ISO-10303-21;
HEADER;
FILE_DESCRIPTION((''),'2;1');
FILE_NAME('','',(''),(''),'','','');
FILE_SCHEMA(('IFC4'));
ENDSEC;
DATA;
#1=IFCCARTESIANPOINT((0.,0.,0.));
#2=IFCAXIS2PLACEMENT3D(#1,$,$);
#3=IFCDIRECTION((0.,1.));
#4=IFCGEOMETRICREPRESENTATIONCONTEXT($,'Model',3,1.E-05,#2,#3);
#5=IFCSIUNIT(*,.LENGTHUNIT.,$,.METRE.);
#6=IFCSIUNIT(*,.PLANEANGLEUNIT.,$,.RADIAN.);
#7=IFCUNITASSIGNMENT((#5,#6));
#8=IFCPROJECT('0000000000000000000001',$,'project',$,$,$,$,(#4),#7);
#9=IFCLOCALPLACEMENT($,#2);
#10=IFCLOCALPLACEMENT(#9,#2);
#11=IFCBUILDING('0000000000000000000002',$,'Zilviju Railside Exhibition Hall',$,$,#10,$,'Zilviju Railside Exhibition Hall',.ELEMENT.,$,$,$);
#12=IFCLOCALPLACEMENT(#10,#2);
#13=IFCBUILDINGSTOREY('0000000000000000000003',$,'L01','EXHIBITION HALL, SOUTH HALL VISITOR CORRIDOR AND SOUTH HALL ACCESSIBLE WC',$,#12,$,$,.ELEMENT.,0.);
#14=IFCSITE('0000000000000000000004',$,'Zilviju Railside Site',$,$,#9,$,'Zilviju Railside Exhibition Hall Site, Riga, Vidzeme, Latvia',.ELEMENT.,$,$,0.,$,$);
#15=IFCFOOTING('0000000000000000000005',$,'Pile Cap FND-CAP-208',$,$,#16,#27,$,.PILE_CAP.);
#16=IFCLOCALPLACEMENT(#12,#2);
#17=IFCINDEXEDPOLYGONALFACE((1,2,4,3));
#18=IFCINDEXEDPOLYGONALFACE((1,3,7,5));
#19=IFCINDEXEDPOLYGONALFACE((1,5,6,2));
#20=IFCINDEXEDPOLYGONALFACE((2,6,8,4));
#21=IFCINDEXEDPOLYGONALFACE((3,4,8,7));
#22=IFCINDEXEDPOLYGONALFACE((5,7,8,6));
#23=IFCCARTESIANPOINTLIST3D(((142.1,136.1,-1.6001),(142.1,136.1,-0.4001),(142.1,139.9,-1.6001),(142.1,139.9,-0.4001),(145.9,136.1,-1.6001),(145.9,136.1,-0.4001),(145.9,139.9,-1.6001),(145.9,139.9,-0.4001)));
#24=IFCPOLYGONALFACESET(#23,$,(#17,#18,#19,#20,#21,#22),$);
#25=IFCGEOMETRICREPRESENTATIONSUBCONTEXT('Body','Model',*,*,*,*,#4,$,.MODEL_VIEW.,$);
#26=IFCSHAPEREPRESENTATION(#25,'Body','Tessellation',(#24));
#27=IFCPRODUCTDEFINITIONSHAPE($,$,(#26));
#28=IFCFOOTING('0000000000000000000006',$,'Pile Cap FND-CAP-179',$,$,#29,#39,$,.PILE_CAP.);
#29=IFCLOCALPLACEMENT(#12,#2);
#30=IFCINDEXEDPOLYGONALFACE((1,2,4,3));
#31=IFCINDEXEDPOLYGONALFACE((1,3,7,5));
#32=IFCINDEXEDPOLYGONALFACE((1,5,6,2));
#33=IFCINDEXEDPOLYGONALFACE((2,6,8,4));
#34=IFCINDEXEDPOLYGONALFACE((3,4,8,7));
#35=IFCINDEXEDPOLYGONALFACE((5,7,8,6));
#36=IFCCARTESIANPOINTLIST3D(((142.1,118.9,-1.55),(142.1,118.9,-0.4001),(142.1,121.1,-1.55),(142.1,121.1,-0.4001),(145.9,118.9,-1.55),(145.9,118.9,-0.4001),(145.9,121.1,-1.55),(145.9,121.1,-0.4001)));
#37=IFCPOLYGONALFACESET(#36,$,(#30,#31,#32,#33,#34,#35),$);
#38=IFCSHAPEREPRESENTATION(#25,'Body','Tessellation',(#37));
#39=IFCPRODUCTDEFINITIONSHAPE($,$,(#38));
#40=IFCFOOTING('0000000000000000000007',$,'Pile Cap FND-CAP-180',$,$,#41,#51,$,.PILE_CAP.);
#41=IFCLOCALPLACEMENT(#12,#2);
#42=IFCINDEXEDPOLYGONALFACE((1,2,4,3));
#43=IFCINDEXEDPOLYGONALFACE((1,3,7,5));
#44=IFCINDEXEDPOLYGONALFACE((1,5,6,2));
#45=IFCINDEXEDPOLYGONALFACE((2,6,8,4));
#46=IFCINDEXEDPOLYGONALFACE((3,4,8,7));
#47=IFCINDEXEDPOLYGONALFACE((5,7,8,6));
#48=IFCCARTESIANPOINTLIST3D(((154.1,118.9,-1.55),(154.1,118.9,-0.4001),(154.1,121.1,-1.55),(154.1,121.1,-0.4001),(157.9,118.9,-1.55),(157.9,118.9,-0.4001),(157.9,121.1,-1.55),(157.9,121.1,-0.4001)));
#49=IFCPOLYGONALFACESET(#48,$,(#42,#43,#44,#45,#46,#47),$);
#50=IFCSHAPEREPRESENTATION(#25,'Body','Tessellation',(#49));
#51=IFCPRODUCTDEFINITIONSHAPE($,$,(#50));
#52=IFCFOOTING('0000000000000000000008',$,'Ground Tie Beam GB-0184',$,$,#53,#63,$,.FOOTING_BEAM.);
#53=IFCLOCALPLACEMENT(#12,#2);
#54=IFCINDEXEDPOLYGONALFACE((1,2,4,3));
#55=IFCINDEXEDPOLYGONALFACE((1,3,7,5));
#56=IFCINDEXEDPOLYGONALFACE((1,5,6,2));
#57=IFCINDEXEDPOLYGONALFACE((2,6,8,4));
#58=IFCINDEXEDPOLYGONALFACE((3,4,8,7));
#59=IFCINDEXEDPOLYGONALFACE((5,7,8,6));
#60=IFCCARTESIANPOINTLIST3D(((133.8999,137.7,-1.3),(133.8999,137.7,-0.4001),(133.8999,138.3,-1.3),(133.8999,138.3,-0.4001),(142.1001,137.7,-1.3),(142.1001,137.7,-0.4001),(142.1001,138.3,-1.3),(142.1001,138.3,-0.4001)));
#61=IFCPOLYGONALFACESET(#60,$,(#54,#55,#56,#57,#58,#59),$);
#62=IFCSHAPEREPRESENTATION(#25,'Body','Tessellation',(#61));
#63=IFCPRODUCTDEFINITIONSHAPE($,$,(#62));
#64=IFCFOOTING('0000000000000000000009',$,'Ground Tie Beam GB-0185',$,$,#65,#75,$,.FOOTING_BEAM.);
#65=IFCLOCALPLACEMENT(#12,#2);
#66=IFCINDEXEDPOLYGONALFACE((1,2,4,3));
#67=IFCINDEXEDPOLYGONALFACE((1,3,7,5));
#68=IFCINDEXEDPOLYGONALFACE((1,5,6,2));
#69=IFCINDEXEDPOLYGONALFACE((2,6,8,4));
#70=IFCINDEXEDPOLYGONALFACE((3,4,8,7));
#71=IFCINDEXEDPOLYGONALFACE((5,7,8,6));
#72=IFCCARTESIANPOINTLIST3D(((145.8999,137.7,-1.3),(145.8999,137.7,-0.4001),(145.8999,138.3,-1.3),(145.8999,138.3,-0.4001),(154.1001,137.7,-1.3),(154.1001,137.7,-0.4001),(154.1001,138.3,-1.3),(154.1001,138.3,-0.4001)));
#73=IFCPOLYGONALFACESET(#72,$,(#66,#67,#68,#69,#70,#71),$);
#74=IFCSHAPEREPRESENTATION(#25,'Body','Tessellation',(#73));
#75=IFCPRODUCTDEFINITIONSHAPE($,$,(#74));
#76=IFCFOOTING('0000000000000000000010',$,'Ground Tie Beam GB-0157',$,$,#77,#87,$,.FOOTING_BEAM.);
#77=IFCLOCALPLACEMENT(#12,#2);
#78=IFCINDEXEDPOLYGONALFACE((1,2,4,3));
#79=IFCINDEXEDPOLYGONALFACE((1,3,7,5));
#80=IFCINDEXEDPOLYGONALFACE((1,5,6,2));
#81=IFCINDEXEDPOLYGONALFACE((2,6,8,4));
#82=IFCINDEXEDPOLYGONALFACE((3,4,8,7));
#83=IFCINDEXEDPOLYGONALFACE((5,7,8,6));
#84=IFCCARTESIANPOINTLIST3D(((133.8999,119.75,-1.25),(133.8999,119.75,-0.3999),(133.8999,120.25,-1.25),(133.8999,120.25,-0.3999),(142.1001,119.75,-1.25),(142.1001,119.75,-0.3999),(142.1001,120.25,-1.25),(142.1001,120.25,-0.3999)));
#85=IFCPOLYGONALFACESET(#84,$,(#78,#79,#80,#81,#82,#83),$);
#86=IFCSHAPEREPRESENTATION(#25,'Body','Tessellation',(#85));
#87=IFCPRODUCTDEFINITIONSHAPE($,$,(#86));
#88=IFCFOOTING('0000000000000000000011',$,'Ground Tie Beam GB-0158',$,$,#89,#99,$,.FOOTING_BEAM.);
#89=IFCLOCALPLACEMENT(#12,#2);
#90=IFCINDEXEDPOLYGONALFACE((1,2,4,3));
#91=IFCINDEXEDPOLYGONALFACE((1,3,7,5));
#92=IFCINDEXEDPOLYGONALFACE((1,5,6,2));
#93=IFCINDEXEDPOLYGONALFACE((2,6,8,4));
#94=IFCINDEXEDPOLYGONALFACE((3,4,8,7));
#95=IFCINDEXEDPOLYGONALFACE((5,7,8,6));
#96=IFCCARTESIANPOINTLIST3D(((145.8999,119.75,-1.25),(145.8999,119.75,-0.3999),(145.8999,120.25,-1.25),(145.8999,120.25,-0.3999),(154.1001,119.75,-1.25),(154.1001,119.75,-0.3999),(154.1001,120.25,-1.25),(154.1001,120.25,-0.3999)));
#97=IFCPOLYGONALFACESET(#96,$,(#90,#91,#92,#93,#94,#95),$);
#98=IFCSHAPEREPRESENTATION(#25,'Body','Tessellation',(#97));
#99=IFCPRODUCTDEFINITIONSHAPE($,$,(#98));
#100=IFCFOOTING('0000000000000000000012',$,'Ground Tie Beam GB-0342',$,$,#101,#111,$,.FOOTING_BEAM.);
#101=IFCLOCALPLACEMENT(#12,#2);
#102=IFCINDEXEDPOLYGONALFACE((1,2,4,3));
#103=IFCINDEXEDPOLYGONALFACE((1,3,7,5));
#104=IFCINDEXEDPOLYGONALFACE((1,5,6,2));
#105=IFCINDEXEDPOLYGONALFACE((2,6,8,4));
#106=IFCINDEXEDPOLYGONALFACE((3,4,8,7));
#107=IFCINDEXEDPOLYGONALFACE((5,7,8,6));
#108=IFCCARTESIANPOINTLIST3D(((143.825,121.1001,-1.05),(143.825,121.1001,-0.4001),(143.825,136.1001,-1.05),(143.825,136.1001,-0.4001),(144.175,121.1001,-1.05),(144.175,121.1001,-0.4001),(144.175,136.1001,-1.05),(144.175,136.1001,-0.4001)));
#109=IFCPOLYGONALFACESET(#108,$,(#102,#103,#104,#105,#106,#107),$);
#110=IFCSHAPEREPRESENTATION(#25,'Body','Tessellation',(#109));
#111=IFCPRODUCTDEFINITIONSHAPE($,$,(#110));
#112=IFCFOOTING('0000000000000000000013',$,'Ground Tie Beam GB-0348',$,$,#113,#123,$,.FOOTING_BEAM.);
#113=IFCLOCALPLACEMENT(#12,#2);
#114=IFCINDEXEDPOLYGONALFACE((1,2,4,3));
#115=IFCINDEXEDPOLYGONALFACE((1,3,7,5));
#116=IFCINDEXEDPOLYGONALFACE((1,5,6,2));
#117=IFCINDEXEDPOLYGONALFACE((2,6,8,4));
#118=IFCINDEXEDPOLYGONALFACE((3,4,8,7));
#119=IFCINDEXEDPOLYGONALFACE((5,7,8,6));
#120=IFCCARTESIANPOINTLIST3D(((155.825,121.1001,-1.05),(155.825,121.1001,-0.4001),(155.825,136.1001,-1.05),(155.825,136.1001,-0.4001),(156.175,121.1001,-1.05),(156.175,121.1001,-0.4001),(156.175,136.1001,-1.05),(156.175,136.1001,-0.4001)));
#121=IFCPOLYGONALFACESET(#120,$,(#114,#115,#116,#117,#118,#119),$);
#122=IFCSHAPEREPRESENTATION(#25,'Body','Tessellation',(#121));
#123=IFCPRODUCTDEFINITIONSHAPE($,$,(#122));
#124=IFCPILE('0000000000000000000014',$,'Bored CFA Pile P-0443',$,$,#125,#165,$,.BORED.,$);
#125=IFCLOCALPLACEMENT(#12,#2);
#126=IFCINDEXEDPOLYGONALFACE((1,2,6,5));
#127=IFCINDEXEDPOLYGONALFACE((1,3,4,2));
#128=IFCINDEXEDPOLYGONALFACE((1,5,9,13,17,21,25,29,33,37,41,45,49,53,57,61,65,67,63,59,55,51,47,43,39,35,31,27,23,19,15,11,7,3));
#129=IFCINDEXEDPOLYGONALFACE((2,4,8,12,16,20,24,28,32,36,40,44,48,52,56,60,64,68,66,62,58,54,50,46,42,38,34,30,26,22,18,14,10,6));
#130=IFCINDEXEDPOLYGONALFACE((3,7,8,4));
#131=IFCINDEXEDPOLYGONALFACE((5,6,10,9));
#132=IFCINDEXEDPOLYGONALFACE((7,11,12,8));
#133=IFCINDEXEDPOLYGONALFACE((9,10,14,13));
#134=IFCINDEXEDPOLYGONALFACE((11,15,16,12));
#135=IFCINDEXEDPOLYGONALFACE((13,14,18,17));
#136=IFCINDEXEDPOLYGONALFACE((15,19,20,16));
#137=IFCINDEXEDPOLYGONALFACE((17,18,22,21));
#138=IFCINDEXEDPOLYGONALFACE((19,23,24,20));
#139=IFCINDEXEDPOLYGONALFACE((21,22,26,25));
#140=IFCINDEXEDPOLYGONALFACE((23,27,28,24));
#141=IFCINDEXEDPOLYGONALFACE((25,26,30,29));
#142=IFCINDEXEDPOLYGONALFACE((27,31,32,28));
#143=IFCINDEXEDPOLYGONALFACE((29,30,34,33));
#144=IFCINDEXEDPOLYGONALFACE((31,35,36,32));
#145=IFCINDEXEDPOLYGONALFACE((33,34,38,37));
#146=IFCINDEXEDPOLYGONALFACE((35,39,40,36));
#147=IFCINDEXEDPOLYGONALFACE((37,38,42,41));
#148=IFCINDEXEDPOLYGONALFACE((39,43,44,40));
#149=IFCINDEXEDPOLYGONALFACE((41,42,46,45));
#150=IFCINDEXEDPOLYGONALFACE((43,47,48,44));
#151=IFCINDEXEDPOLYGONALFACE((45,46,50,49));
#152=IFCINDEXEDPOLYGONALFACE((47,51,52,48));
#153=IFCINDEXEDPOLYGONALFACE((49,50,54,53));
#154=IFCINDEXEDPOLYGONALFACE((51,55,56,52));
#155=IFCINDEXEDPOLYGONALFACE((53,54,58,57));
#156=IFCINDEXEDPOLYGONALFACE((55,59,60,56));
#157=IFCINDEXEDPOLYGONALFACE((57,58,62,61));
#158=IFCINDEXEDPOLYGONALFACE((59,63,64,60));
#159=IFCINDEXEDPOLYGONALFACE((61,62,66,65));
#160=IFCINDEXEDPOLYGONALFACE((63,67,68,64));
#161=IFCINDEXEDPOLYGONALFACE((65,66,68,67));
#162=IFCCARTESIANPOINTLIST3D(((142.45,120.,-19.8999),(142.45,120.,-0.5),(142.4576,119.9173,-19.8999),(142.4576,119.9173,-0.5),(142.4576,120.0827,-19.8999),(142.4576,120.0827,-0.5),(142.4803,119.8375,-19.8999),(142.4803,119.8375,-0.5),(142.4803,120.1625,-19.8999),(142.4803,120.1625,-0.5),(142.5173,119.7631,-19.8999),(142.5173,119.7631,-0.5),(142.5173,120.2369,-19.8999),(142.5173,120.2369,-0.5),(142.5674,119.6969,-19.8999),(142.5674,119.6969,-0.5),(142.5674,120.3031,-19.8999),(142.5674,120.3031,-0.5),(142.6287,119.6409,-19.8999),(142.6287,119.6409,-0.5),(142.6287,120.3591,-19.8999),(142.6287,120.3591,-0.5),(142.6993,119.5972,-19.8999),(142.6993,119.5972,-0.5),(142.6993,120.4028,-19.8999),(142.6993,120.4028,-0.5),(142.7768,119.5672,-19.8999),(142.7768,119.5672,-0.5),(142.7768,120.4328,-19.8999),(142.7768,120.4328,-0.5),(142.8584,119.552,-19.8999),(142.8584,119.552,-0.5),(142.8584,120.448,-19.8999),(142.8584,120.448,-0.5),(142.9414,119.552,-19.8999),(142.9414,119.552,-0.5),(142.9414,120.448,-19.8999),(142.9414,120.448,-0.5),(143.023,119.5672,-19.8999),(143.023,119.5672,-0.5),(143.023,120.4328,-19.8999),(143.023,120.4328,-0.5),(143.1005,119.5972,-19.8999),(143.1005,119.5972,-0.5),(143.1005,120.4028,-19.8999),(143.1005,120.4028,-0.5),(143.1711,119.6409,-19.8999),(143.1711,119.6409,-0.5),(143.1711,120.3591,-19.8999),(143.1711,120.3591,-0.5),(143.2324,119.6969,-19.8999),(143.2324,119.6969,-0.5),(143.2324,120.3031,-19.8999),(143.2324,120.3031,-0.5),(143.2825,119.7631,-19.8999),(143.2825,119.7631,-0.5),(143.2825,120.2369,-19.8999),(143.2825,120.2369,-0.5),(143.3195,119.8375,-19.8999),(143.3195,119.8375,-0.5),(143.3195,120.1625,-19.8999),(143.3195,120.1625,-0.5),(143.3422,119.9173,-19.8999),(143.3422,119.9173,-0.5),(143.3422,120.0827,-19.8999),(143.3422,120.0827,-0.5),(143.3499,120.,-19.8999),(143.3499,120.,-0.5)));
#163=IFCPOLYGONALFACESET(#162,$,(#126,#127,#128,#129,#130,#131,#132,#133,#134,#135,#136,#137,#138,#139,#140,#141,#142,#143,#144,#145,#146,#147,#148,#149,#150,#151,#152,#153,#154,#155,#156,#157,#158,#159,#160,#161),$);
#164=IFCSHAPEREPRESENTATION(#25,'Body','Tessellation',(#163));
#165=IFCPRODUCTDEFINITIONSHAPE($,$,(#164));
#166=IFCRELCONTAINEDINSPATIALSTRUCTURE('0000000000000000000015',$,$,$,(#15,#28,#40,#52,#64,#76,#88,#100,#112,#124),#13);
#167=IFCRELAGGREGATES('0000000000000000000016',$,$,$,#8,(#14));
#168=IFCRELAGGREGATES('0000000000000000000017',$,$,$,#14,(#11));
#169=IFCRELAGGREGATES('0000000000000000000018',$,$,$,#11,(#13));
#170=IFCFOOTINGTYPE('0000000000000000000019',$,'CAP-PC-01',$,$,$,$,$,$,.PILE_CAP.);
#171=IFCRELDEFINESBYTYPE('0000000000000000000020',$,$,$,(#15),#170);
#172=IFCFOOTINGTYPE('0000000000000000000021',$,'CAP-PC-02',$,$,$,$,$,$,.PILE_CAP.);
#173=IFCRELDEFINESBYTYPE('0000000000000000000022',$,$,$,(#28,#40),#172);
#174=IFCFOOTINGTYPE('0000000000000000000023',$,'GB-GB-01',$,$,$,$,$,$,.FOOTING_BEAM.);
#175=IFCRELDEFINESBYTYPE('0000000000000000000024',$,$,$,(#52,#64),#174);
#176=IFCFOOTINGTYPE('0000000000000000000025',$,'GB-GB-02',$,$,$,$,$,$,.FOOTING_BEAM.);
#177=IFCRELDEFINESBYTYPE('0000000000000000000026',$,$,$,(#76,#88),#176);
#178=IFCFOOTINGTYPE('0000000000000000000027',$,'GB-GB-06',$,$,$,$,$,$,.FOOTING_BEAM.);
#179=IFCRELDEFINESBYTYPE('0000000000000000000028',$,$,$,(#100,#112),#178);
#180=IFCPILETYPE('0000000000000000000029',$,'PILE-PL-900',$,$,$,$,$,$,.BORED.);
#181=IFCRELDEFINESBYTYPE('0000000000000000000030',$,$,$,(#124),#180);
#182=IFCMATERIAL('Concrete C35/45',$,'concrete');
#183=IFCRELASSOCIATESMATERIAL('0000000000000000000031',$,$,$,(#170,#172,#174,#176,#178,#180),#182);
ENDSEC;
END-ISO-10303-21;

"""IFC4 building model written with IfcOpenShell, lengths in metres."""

from ifc_helpers import new_model, si_unit, direction, frame, origin, origin_2d, place, context, subcontext, project, spatial, rectangle, circle, extrude, material, material_profile, profile_set, type_object, element, save


model = new_model("IFC4")

# Units and contexts
model_context = context("Model", 3, precision=1e-05, world=origin(), true_north=direction((0.0, 1.0)))
body_context = subcontext(model_context, "Body", "Model", "MODEL_VIEW")
ifc_project = project(units=[si_unit("LENGTHUNIT", "METRE"), si_unit("PLANEANGLEUNIT", "RADIAN")], contexts=[model_context])

# Site, building, storey
site_placement = place(None, origin())
site = spatial("IfcSite", under=ifc_project, at=site_placement, Name="Zilviju Railside Site", LongName="Zilviju Railside Exhibition Hall Site, Riga, Vidzeme, Latvia", CompositionType="ELEMENT", RefElevation=0.0)
building_placement = place(site_placement, origin())
building = spatial("IfcBuilding", under=site, at=building_placement, Name="Zilviju Railside Exhibition Hall", LongName="Zilviju Railside Exhibition Hall", CompositionType="ELEMENT")
storey_placement = place(building_placement, origin())
storey = spatial("IfcBuildingStorey", under=building, at=storey_placement, Name="L01", Description="EXHIBITION HALL, SOUTH HALL VISITOR CORRIDOR AND SOUTH HALL ACCESSIBLE WC", CompositionType="ELEMENT", Elevation=0.0)

# Footings
ifc_material_1 = material(Name="Concrete C35/45", Category="concrete")
footing_type_1 = type_object("IfcFootingType", Name="CAP-PC-01", PredefinedType="PILE_CAP", material=ifc_material_1)
footing_placement = place(storey_placement, frame((144.0, 138.0, -1.6001), z_axis=(0.0, 0.0, 1.0), x_axis=(1.0, 0.0, 0.0)))
element("IfcFooting", 1, at=footing_placement, inside=storey, type_object=footing_type_1, Name="Pile Cap FND-CAP-208", PredefinedType="PILE_CAP", context=body_context, shape_type="SweptSolid", body=[
    extrude(rectangle(XDim=3.8, YDim=3.8, at=origin_2d()), origin(), (0.0, 0.0, 1.0), 1.2),
])
footing_type_2 = type_object("IfcFootingType", Name="CAP-PC-02", PredefinedType="PILE_CAP", material=ifc_material_1)
for number, where, z_axis, x_axis, name in (
    (2, (144.0, 120.0, -1.55), (0.0, 0.0, 1.0), (1.0, 0.0, 0.0), "Pile Cap FND-CAP-179"),
    (3, (156.0, 120.0, -1.55), (0.0, 0.0, 1.0), (1.0, 0.0, 0.0), "Pile Cap FND-CAP-180"),
):
    element("IfcFooting", number, at=place(storey_placement, frame(where, z_axis=z_axis, x_axis=x_axis)), inside=storey, type_object=footing_type_2, Name=name, PredefinedType="PILE_CAP", context=body_context, shape_type="SweptSolid", body=[
        extrude(rectangle(XDim=3.8, YDim=2.2, at=origin_2d()), origin(), (0.0, 0.0, 1.0), 1.1499),
    ])
ifc_material_profile_1 = material_profile(ifc_material_1, rectangle(XDim=0.6001, YDim=0.8999, at=origin_2d()), Name="TIE BEAM 600x900")
ifc_profile_set_1 = profile_set([ifc_material_profile_1], Name="Concrete C35/45")
footing_type_3 = type_object("IfcFootingType", Name="GB-GB-01", PredefinedType="FOOTING_BEAM", material=ifc_profile_set_1)
for number, where, z_axis, x_axis, name in (
    (4, (133.8999, 138.0, -0.8501), (1.0, 0.0, 0.0), (0.0, 1.0, 0.0), "Ground Tie Beam GB-0184"),
    (5, (145.8999, 138.0, -0.8501), (1.0, 0.0, 0.0), (0.0, 1.0, 0.0), "Ground Tie Beam GB-0185"),
):
    element("IfcFooting", number, at=place(storey_placement, frame(where, z_axis=z_axis, x_axis=x_axis)), inside=storey, type_object=footing_type_3, Name=name, PredefinedType="FOOTING_BEAM", context=body_context, shape_type="SweptSolid", body=[
        extrude(rectangle(XDim=0.6001, YDim=0.8999, at=origin_2d()), origin(), (0.0, 0.0, 1.0), 8.2002),
    ])
ifc_material_profile_2 = material_profile(ifc_material_1, rectangle(XDim=0.5, YDim=0.8501, at=origin_2d()), Name="TIE BEAM 500x850")
ifc_profile_set_2 = profile_set([ifc_material_profile_2], Name="Concrete C35/45")
footing_type_4 = type_object("IfcFootingType", Name="GB-GB-02", PredefinedType="FOOTING_BEAM", material=ifc_profile_set_2)
for number, where, z_axis, x_axis, name in (
    (6, (133.8999, 120.0, -0.825), (1.0, 0.0, 0.0), (0.0, 1.0, 0.0), "Ground Tie Beam GB-0157"),
    (7, (145.8999, 120.0, -0.825), (1.0, 0.0, 0.0), (0.0, 1.0, 0.0), "Ground Tie Beam GB-0158"),
):
    element("IfcFooting", number, at=place(storey_placement, frame(where, z_axis=z_axis, x_axis=x_axis)), inside=storey, type_object=footing_type_4, Name=name, PredefinedType="FOOTING_BEAM", context=body_context, shape_type="SweptSolid", body=[
        extrude(rectangle(XDim=0.5, YDim=0.8501, at=origin_2d()), origin(), (0.0, 0.0, 1.0), 8.2002),
    ])
ifc_material_profile_3 = material_profile(ifc_material_1, rectangle(XDim=0.3501, YDim=0.6499, at=origin_2d()), Name="TIE BEAM 350x650")
ifc_profile_set_3 = profile_set([ifc_material_profile_3], Name="Concrete C35/45")
footing_type_5 = type_object("IfcFootingType", Name="GB-GB-06", PredefinedType="FOOTING_BEAM", material=ifc_profile_set_3)
for number, where, z_axis, x_axis, name in (
    (8, (144.0, 121.1001, -0.7251), (0.0, 1.0, 0.0), (-1.0, 0.0, 0.0), "Ground Tie Beam GB-0342"),
    (9, (156.0, 121.1001, -0.7251), (0.0, 1.0, 0.0), (-1.0, 0.0, 0.0), "Ground Tie Beam GB-0348"),
):
    element("IfcFooting", number, at=place(storey_placement, frame(where, z_axis=z_axis, x_axis=x_axis)), inside=storey, type_object=footing_type_5, Name=name, PredefinedType="FOOTING_BEAM", context=body_context, shape_type="SweptSolid", body=[
        extrude(rectangle(XDim=0.3501, YDim=0.6499, at=origin_2d()), origin(), (0.0, 0.0, 1.0), 15.0),
    ])

# Pile
ifc_material_profile_4 = material_profile(ifc_material_1, circle(Radius=0.45, at=origin_2d()), Name="CFA PILE D900")
ifc_profile_set_4 = profile_set([ifc_material_profile_4], Name="Concrete C35/45")
pile_type = type_object("IfcPileType", Name="PILE-PL-900", PredefinedType="BORED", material=ifc_profile_set_4)
for number, where, z_axis, x_axis, name in (
    (10, (142.8999, 120.0, -0.5), (0.0, 0.0, -1.0), (1.0, 0.0, 0.0), "Bored CFA Pile P-0443"),
):
    element("IfcPile", number, at=place(storey_placement, frame(where, z_axis=z_axis, x_axis=x_axis)), inside=storey, type_object=pile_type, Name=name, PredefinedType="BORED", context=body_context, shape_type="SweptSolid", body=[
        extrude(circle(Radius=0.45, at=origin_2d()), origin(), (0.0, 0.0, 1.0), 19.3999),
    ])

save(model, "model.ifc")
